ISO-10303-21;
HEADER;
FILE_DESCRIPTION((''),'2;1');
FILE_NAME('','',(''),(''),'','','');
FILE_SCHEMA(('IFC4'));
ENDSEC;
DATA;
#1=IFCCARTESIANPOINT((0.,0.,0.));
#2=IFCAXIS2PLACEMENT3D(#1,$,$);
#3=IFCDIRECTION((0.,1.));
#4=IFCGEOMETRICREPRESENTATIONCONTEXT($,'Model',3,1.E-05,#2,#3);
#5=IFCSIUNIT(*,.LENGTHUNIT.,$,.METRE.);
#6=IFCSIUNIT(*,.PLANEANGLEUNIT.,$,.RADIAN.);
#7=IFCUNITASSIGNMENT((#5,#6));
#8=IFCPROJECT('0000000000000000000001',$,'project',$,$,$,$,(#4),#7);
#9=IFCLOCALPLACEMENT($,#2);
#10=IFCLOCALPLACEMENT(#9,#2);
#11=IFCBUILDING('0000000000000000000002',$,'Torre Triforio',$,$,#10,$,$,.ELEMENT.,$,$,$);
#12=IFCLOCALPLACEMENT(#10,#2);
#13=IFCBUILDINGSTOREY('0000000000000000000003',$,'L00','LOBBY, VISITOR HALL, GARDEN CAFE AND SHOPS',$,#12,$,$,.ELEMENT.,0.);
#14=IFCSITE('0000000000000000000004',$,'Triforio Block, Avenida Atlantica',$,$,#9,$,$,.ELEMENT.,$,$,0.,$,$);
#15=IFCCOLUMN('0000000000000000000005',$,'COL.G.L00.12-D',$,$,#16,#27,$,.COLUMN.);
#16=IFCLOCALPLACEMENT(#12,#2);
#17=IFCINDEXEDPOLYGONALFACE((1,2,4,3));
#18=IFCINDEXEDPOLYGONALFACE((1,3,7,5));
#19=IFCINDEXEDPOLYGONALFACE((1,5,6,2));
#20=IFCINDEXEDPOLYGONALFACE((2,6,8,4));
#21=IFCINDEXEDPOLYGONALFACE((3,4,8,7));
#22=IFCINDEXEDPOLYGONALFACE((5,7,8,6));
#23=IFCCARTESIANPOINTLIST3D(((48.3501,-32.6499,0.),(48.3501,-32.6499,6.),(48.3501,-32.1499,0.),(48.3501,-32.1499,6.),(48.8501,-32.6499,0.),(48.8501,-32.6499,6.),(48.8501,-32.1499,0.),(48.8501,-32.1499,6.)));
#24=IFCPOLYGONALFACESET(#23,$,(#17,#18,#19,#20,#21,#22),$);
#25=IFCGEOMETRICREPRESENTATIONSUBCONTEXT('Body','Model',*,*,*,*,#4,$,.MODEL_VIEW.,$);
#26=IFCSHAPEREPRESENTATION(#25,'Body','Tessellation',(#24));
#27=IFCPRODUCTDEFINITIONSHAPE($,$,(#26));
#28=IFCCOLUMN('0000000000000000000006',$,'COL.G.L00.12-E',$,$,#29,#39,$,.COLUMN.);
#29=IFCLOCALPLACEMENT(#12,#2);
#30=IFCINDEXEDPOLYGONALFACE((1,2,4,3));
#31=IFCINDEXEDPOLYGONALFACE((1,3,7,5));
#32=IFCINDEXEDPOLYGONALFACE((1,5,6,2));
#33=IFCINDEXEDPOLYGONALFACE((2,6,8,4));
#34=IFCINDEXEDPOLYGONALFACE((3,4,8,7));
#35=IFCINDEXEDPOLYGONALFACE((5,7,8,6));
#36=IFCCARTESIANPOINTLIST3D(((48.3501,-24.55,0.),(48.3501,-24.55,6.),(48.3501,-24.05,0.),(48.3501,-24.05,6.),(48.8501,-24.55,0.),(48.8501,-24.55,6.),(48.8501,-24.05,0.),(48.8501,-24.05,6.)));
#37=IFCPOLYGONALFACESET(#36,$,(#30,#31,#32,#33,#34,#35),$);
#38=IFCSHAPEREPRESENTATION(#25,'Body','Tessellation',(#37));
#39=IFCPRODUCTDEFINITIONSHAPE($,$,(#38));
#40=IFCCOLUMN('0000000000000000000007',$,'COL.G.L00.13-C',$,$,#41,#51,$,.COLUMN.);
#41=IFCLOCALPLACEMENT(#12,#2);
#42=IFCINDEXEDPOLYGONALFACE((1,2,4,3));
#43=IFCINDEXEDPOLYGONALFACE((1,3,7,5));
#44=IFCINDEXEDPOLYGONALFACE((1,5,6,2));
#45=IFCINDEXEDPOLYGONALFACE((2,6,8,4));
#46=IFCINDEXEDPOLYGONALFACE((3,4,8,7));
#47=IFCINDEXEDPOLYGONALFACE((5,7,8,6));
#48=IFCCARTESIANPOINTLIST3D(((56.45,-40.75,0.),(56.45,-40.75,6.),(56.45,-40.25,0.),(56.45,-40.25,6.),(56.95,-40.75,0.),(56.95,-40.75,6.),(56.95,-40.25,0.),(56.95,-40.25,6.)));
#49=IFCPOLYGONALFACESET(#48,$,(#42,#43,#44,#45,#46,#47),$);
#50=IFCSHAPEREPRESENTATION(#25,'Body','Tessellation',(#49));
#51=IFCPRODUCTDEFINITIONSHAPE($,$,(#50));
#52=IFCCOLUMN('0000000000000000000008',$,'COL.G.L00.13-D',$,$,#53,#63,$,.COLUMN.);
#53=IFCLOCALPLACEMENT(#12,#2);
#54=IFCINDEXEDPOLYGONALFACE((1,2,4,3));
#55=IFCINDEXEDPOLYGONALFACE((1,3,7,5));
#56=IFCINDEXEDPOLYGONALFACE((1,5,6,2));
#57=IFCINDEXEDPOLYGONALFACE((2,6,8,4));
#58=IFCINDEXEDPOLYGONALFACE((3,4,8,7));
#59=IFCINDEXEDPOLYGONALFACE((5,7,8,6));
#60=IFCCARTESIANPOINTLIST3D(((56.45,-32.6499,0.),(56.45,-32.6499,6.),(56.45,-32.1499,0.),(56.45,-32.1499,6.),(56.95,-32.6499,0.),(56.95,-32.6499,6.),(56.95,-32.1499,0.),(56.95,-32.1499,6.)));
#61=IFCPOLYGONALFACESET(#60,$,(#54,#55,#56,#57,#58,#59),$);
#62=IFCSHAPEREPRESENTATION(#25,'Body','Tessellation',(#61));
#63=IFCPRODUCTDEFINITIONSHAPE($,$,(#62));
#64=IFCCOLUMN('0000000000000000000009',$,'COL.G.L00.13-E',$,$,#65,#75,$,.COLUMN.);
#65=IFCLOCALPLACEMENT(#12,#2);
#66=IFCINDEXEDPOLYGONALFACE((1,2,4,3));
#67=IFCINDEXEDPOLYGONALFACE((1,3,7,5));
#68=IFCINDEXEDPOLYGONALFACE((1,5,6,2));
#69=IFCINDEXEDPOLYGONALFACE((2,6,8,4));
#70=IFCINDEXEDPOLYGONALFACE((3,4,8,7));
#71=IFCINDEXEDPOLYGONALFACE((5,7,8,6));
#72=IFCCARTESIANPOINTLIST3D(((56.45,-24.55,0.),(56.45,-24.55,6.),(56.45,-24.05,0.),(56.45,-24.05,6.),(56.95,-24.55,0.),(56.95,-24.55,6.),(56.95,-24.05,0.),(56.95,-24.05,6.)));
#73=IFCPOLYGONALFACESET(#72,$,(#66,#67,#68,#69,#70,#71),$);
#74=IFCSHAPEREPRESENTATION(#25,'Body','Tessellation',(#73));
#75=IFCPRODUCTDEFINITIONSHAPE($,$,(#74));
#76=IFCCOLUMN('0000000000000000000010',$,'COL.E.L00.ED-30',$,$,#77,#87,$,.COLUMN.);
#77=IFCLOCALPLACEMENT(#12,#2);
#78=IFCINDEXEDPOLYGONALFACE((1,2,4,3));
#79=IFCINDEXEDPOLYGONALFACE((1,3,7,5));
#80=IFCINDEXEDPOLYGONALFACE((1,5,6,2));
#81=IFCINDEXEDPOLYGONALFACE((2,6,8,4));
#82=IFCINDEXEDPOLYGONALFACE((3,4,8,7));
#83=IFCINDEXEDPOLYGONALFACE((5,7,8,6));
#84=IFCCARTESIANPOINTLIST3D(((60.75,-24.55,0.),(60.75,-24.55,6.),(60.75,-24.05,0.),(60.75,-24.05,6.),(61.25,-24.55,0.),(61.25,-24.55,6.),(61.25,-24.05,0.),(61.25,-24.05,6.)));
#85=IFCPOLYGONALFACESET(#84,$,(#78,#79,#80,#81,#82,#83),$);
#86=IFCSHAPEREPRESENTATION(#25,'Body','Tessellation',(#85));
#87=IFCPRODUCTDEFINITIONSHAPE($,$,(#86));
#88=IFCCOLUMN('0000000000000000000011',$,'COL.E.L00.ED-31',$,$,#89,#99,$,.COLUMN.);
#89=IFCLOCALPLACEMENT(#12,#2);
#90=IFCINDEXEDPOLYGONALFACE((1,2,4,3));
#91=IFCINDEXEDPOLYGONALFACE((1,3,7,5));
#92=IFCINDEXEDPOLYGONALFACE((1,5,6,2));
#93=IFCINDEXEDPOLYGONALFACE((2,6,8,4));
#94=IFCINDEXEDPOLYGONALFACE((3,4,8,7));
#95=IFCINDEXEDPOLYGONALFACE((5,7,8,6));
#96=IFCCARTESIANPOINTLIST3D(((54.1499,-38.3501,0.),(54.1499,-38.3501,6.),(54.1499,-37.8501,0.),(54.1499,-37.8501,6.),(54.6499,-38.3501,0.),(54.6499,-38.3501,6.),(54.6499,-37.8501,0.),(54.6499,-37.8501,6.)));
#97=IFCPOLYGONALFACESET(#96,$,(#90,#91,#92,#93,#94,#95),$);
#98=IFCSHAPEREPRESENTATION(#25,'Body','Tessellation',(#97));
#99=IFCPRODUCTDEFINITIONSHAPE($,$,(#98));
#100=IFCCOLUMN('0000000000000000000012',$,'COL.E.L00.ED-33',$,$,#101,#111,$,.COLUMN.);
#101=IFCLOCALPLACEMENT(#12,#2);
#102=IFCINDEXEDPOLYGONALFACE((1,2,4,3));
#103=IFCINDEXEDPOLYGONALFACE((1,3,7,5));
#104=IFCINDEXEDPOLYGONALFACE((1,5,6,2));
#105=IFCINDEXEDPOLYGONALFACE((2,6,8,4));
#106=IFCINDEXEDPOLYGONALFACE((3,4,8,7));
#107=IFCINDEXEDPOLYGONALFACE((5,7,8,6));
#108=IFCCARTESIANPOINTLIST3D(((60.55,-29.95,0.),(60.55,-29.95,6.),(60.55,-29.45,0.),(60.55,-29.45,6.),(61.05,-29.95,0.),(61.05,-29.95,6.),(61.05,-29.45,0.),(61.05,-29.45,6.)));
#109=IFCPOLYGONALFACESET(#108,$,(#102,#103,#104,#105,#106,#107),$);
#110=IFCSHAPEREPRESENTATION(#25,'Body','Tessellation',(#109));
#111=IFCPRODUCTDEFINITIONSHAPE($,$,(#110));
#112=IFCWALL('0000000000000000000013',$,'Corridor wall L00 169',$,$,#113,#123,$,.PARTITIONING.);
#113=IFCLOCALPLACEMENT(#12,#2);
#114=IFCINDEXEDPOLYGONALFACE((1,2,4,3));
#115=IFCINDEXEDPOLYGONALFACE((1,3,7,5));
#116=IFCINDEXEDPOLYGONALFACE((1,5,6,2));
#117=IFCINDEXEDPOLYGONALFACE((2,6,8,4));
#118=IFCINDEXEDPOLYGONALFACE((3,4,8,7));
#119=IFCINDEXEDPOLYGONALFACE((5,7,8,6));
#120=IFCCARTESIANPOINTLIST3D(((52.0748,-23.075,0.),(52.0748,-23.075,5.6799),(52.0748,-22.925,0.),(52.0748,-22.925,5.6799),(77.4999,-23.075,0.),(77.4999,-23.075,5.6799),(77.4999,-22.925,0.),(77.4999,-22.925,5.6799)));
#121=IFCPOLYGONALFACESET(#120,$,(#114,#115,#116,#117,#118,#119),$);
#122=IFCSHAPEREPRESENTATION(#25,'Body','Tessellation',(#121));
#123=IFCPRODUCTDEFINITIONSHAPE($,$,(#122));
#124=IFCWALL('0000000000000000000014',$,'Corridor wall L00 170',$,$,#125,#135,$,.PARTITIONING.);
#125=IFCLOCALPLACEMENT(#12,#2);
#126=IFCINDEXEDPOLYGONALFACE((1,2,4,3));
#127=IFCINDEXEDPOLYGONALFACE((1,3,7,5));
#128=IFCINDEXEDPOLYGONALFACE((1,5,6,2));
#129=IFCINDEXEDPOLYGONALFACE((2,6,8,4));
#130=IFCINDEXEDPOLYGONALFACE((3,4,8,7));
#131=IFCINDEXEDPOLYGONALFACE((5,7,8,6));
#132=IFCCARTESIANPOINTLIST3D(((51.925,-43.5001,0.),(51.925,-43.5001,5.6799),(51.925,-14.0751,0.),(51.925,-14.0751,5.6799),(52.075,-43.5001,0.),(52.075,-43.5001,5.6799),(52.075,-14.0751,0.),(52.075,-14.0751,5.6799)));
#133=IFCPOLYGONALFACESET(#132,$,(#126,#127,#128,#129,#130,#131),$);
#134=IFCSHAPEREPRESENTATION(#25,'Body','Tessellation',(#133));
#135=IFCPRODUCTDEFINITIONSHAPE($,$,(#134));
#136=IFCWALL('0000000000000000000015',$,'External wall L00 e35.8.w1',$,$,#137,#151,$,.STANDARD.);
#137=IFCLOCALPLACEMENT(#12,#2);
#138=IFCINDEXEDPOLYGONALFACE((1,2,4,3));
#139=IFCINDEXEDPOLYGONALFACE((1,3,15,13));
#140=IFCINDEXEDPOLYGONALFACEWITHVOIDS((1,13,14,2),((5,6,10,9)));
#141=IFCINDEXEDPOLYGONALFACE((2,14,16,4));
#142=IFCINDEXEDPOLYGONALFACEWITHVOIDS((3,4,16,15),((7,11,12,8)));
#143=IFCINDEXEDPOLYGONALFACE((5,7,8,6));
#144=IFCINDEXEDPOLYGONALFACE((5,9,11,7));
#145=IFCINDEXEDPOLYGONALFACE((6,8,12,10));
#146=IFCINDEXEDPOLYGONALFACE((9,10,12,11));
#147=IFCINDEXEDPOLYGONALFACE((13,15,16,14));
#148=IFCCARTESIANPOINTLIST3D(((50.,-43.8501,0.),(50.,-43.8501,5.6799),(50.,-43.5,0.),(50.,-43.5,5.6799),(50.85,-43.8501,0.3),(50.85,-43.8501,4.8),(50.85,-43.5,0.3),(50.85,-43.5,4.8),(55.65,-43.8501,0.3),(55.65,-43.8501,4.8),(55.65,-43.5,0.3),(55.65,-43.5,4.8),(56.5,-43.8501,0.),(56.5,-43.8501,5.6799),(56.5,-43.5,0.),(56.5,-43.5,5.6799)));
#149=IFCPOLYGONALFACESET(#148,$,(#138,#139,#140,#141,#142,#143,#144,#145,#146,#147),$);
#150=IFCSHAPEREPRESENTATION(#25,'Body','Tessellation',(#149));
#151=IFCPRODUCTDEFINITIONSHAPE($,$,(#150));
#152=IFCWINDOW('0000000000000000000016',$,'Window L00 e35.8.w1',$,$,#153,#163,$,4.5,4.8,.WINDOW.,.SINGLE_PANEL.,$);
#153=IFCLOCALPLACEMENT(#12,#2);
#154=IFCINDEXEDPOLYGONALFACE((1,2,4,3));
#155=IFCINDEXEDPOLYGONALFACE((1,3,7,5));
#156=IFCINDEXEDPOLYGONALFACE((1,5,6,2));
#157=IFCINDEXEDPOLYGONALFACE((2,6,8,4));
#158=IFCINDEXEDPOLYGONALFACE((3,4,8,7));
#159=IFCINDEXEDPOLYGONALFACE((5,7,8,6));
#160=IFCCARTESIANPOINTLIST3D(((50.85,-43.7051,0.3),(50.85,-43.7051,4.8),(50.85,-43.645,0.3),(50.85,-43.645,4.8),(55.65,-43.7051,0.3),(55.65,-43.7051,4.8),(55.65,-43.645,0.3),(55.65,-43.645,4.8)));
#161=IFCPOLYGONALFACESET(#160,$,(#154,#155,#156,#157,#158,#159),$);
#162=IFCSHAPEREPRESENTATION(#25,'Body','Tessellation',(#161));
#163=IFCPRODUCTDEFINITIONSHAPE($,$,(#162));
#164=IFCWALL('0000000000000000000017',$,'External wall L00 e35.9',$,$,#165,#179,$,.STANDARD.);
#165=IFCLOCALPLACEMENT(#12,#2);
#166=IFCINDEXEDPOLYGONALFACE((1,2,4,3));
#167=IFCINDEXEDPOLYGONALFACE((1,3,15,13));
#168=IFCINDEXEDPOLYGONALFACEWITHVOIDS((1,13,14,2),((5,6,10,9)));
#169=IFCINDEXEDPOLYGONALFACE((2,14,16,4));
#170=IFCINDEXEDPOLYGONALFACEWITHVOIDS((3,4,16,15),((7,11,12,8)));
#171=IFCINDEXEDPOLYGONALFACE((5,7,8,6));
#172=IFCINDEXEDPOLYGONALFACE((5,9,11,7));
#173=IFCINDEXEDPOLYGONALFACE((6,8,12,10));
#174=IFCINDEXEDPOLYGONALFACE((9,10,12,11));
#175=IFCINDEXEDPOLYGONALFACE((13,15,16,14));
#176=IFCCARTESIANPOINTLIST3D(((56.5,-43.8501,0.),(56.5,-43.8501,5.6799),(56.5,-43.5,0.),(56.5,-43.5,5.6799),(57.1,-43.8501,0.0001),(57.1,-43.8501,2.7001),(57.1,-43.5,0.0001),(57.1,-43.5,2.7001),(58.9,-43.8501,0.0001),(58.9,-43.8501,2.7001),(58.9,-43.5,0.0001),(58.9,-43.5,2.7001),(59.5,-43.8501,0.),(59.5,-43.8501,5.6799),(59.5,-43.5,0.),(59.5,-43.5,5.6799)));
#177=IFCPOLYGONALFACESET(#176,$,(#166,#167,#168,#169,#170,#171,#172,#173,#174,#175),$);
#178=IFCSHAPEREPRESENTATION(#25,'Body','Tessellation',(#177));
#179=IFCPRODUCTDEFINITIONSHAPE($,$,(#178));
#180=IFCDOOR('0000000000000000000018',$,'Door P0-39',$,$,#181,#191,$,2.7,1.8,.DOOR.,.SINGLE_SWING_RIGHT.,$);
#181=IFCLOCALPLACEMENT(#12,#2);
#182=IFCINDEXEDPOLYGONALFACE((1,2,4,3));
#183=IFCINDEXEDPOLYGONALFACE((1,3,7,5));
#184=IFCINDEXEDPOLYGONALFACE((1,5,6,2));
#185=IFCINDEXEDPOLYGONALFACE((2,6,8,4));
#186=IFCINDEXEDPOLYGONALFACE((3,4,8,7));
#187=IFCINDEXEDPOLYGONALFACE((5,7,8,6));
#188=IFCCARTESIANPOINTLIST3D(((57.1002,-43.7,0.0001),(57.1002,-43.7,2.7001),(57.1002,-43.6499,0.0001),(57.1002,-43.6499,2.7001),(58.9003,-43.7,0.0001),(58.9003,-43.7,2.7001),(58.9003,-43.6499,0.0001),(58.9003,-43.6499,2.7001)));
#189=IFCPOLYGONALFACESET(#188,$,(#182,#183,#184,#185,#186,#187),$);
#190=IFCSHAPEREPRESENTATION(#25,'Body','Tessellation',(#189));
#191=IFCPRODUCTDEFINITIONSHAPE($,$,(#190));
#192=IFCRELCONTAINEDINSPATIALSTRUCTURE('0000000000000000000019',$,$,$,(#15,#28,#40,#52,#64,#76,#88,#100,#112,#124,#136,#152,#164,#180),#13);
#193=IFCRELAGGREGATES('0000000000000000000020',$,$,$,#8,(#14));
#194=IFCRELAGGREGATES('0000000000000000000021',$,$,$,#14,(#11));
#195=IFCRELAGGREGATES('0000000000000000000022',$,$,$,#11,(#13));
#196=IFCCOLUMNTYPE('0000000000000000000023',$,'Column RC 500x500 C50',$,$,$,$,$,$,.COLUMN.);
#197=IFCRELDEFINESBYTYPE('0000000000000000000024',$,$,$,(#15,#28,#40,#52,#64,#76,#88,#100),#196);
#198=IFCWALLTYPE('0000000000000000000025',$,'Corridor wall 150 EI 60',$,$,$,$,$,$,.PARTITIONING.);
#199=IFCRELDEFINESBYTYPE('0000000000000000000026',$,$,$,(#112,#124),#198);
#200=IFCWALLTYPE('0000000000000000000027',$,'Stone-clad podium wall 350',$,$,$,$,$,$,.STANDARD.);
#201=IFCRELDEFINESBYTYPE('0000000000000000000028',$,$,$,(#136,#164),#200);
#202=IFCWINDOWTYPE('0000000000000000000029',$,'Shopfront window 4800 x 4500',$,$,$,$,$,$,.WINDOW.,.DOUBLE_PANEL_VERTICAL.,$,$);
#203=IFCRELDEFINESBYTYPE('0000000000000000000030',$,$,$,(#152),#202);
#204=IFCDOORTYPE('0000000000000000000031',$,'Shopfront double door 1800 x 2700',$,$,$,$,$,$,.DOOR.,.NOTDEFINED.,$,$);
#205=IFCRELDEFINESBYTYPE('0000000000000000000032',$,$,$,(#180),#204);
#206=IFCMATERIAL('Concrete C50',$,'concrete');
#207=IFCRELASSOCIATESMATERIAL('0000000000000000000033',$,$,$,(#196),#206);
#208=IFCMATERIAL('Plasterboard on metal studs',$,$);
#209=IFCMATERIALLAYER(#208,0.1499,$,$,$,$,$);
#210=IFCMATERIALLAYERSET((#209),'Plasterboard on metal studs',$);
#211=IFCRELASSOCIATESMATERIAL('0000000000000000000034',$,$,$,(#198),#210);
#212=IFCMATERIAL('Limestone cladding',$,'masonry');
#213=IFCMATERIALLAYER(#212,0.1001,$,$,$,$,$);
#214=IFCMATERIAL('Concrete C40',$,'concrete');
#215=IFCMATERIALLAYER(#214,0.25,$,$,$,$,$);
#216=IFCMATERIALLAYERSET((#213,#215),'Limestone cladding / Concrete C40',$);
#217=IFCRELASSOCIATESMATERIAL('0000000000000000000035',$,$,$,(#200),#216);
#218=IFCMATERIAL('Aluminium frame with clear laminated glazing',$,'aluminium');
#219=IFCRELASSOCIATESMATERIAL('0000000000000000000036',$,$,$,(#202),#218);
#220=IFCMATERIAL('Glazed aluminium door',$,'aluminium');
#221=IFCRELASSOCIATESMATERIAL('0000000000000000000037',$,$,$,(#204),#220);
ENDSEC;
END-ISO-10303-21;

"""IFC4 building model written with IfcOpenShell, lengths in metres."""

from ifc_helpers import new_model, si_unit, direction, frame, frame_2d, origin, origin_2d, place, context, subcontext, project, spatial, rectangle, extrude, material, layer, layer_set, material_profile, profile_set, type_object, element, fill, save


model = new_model("IFC4")

# Units and contexts
model_context = context("Model", 3, precision=1e-05, world=origin(), true_north=direction((0.0, 1.0)))
body_context = subcontext(model_context, "Body", "Model", "MODEL_VIEW")
ifc_project = project(units=[si_unit("LENGTHUNIT", "METRE"), si_unit("PLANEANGLEUNIT", "RADIAN")], contexts=[model_context])

# Site, building, storey
site_placement = place(None, origin())
site = spatial("IfcSite", under=ifc_project, at=site_placement, Name="Triforio Block, Avenida Atlantica", CompositionType="ELEMENT", RefElevation=0.0)
building_placement = place(site_placement, origin())
building = spatial("IfcBuilding", under=site, at=building_placement, Name="Torre Triforio", CompositionType="ELEMENT")
storey_placement = place(building_placement, origin())
storey = spatial("IfcBuildingStorey", under=building, at=storey_placement, Name="L00", Description="LOBBY, VISITOR HALL, GARDEN CAFE AND SHOPS", CompositionType="ELEMENT", Elevation=0.0)

# Columns
ifc_material_1 = material(Name="Concrete C50", Category="concrete")
ifc_material_profile = material_profile(ifc_material_1, rectangle(XDim=0.5, YDim=0.5, at=origin_2d()), Name="RC 500x500")
ifc_profile_set = profile_set([ifc_material_profile], Name="Concrete C50")
column_type = type_object("IfcColumnType", Name="Column RC 500x500 C50", PredefinedType="COLUMN", material=ifc_profile_set)
for number, where, z_axis, x_axis, name in (
    (1, (48.6001, -32.3999, 0.0), (0.0, 0.0, 1.0), (1.0, 0.0, 0.0), "COL.G.L00.12-D"),
    (2, (48.6001, -24.3, 0.0), (0.0, 0.0, 1.0), (1.0, 0.0, 0.0), "COL.G.L00.12-E"),
    (3, (56.7, -40.5, 0.0), (0.0, 0.0, 1.0), (1.0, 0.0, 0.0), "COL.G.L00.13-C"),
    (4, (56.7, -32.3999, 0.0), (0.0, 0.0, 1.0), (1.0, 0.0, 0.0), "COL.G.L00.13-D"),
    (5, (56.7, -24.3, 0.0), (0.0, 0.0, 1.0), (1.0, 0.0, 0.0), "COL.G.L00.13-E"),
    (6, (61.0, -24.3, 0.0), (0.0, 0.0, 1.0), (1.0, 0.0, 0.0), "COL.E.L00.ED-30"),
    (7, (54.3999, -38.1001, 0.0), (0.0, 0.0, 1.0), (1.0, 0.0, 0.0), "COL.E.L00.ED-31"),
    (8, (60.8, -29.7, 0.0), (0.0, 0.0, 1.0), (1.0, 0.0, 0.0), "COL.E.L00.ED-33"),
):
    element("IfcColumn", number, at=place(storey_placement, frame(where, z_axis=z_axis, x_axis=x_axis)), inside=storey, type_object=column_type, Name=name, PredefinedType="COLUMN", context=body_context, shape_type="SweptSolid", body=[
        extrude(rectangle(XDim=0.5, YDim=0.5, at=origin_2d()), origin(), (0.0, 0.0, 1.0), 6.0),
    ])

# Walls
ifc_material_2 = material(Name="Plasterboard on metal studs")
ifc_layer_1 = layer(ifc_material_2, 0.1499)
ifc_layer_set_1 = layer_set([ifc_layer_1], Name="Plasterboard on metal studs")
wall_type_1 = type_object("IfcWallType", Name="Corridor wall 150 EI 60", PredefinedType="PARTITIONING", material=ifc_layer_set_1)
wall_1_placement = place(storey_placement, frame((52.075, -23.0, 0.0), z_axis=(0.0, 0.0, 1.0), x_axis=(1.0, 0.0, 0.0)))
element("IfcWall", 9, at=wall_1_placement, inside=storey, type_object=wall_type_1, Name="Corridor wall L00 169", PredefinedType="PARTITIONING", context=body_context, shape_type="SweptSolid", body=[
    extrude(rectangle(XDim=25.425, YDim=0.1499, at=frame_2d((12.7124, 0.0))), origin(), (0.0, 0.0, 1.0), 5.6799),
])
wall_2_placement = place(storey_placement, frame((52.0, -43.5, 0.0), z_axis=(0.0, 0.0, 1.0), x_axis=(0.0, 1.0, 0.0)))
element("IfcWall", 10, at=wall_2_placement, inside=storey, type_object=wall_type_1, Name="Corridor wall L00 170", PredefinedType="PARTITIONING", context=body_context, shape_type="SweptSolid", body=[
    extrude(rectangle(XDim=29.425, YDim=0.1499, at=frame_2d((14.7124, 0.0))), origin(), (0.0, 0.0, 1.0), 5.6799),
])

# Wall, opening, window
ifc_material_3 = material(Name="Limestone cladding", Category="masonry")
ifc_layer_2 = layer(ifc_material_3, 0.1001)
ifc_material_4 = material(Name="Concrete C40", Category="concrete")
ifc_layer_3 = layer(ifc_material_4, 0.25)
ifc_layer_set_2 = layer_set([ifc_layer_2, ifc_layer_3], Name="Limestone cladding / Concrete C40")
wall_type_2 = type_object("IfcWallType", Name="Stone-clad podium wall 350", PredefinedType="STANDARD", material=ifc_layer_set_2)
wall_3_placement = place(storey_placement, frame((50.0, -43.675, 0.0), z_axis=(0.0, 0.0, 1.0), x_axis=(1.0, 0.0, 0.0)))
wall_3 = element("IfcWall", 11, at=wall_3_placement, inside=storey, type_object=wall_type_2, Name="External wall L00 e35.8.w1", PredefinedType="STANDARD", context=body_context, shape_type="SweptSolid", body=[
    extrude(rectangle(XDim=6.5, YDim=0.3501, at=frame_2d((3.25, 0.0))), origin(), (0.0, 0.0, 1.0), 5.6799),
])
opening_1_placement = place(wall_3_placement, frame((0.8501, 0.0, 0.3)))
opening_1 = element("IfcOpeningElement", 12, at=opening_1_placement, cuts=wall_3, PredefinedType="OPENING", context=body_context, shape_type="SweptSolid", body=[
    extrude(rectangle(XDim=4.8, YDim=4.5, at=frame_2d((2.3999, 2.25))), frame((0.0, 0.1851, 0.0), z_axis=(0.0, -1.0, 0.0), x_axis=(1.0, 0.0, 0.0)), (0.0, 0.0, 1.0), 0.3701),
])
ifc_material_5 = material(Name="Aluminium frame with clear laminated glazing", Category="aluminium")
window_type = type_object("IfcWindowType", Name="Shopfront window 4800 x 4500", PartitioningType="DOUBLE_PANEL_VERTICAL", PredefinedType="WINDOW", material=ifc_material_5)
window_1_placement = place(opening_1_placement, origin())
window_1 = element("IfcWindow", 13, at=window_1_placement, inside=storey, type_object=window_type, Name="Window L00 e35.8.w1", OverallHeight=4.5, OverallWidth=4.8, PartitioningType="SINGLE_PANEL", PredefinedType="WINDOW", context=body_context, shape_type="SweptSolid", body=[
    extrude(rectangle(XDim=4.8, YDim=4.5, at=frame_2d((2.3999, 2.25))), frame((0.0, 0.03, 0.0), z_axis=(0.0, -1.0, 0.0), x_axis=(1.0, 0.0, 0.0)), (0.0, 0.0, 1.0), 0.0601),
])
fill(opening_1, window_1)

# Wall, opening, door
wall_4_placement = place(storey_placement, frame((56.5, -43.675, 0.0), z_axis=(0.0, 0.0, 1.0), x_axis=(1.0, 0.0, 0.0)))
wall_4 = element("IfcWall", 14, at=wall_4_placement, inside=storey, type_object=wall_type_2, Name="External wall L00 e35.9", PredefinedType="STANDARD", context=body_context, shape_type="SweptSolid", body=[
    extrude(rectangle(XDim=3.0, YDim=0.3501, at=frame_2d((1.5, 0.0))), origin(), (0.0, 0.0, 1.0), 5.6799),
])
opening_2_placement = place(wall_4_placement, frame((0.6001, 0.0, 0.0)))
opening_2 = element("IfcOpeningElement", 15, at=opening_2_placement, cuts=wall_4, PredefinedType="OPENING", context=body_context, shape_type="SweptSolid", body=[
    extrude(rectangle(XDim=1.8, YDim=2.7, at=frame_2d((0.8999, 1.3501))), frame((0.0, 0.1851, 0.0), z_axis=(0.0, -1.0, 0.0), x_axis=(1.0, 0.0, 0.0)), (0.0, 0.0, 1.0), 0.3701),
])
ifc_material_6 = material(Name="Glazed aluminium door", Category="aluminium")
door_type = type_object("IfcDoorType", Name="Shopfront double door 1800 x 2700", OperationType="NOTDEFINED", PredefinedType="DOOR", material=ifc_material_6)
door_placement = place(opening_2_placement, frame((1.8, 0.0, 0.0), z_axis=(0.0, 0.0, 1.0), x_axis=(-1.0, 0.0, 0.0)))
door = element("IfcDoor", 16, at=door_placement, inside=storey, type_object=door_type, Name="Door P0-39", OperationType="SINGLE_SWING_RIGHT", OverallHeight=2.7, OverallWidth=1.8, PredefinedType="DOOR", context=body_context, shape_type="SweptSolid", body=[
    extrude(rectangle(XDim=1.8, YDim=2.7, at=frame_2d((0.8999, 1.3501))), frame((0.0, 0.0249, 0.0), z_axis=(0.0, -1.0, 0.0), x_axis=(1.0, 0.0, 0.0)), (0.0, 0.0, 1.0), 0.05),
])
fill(opening_2, door)

save(model, "model.ifc")
